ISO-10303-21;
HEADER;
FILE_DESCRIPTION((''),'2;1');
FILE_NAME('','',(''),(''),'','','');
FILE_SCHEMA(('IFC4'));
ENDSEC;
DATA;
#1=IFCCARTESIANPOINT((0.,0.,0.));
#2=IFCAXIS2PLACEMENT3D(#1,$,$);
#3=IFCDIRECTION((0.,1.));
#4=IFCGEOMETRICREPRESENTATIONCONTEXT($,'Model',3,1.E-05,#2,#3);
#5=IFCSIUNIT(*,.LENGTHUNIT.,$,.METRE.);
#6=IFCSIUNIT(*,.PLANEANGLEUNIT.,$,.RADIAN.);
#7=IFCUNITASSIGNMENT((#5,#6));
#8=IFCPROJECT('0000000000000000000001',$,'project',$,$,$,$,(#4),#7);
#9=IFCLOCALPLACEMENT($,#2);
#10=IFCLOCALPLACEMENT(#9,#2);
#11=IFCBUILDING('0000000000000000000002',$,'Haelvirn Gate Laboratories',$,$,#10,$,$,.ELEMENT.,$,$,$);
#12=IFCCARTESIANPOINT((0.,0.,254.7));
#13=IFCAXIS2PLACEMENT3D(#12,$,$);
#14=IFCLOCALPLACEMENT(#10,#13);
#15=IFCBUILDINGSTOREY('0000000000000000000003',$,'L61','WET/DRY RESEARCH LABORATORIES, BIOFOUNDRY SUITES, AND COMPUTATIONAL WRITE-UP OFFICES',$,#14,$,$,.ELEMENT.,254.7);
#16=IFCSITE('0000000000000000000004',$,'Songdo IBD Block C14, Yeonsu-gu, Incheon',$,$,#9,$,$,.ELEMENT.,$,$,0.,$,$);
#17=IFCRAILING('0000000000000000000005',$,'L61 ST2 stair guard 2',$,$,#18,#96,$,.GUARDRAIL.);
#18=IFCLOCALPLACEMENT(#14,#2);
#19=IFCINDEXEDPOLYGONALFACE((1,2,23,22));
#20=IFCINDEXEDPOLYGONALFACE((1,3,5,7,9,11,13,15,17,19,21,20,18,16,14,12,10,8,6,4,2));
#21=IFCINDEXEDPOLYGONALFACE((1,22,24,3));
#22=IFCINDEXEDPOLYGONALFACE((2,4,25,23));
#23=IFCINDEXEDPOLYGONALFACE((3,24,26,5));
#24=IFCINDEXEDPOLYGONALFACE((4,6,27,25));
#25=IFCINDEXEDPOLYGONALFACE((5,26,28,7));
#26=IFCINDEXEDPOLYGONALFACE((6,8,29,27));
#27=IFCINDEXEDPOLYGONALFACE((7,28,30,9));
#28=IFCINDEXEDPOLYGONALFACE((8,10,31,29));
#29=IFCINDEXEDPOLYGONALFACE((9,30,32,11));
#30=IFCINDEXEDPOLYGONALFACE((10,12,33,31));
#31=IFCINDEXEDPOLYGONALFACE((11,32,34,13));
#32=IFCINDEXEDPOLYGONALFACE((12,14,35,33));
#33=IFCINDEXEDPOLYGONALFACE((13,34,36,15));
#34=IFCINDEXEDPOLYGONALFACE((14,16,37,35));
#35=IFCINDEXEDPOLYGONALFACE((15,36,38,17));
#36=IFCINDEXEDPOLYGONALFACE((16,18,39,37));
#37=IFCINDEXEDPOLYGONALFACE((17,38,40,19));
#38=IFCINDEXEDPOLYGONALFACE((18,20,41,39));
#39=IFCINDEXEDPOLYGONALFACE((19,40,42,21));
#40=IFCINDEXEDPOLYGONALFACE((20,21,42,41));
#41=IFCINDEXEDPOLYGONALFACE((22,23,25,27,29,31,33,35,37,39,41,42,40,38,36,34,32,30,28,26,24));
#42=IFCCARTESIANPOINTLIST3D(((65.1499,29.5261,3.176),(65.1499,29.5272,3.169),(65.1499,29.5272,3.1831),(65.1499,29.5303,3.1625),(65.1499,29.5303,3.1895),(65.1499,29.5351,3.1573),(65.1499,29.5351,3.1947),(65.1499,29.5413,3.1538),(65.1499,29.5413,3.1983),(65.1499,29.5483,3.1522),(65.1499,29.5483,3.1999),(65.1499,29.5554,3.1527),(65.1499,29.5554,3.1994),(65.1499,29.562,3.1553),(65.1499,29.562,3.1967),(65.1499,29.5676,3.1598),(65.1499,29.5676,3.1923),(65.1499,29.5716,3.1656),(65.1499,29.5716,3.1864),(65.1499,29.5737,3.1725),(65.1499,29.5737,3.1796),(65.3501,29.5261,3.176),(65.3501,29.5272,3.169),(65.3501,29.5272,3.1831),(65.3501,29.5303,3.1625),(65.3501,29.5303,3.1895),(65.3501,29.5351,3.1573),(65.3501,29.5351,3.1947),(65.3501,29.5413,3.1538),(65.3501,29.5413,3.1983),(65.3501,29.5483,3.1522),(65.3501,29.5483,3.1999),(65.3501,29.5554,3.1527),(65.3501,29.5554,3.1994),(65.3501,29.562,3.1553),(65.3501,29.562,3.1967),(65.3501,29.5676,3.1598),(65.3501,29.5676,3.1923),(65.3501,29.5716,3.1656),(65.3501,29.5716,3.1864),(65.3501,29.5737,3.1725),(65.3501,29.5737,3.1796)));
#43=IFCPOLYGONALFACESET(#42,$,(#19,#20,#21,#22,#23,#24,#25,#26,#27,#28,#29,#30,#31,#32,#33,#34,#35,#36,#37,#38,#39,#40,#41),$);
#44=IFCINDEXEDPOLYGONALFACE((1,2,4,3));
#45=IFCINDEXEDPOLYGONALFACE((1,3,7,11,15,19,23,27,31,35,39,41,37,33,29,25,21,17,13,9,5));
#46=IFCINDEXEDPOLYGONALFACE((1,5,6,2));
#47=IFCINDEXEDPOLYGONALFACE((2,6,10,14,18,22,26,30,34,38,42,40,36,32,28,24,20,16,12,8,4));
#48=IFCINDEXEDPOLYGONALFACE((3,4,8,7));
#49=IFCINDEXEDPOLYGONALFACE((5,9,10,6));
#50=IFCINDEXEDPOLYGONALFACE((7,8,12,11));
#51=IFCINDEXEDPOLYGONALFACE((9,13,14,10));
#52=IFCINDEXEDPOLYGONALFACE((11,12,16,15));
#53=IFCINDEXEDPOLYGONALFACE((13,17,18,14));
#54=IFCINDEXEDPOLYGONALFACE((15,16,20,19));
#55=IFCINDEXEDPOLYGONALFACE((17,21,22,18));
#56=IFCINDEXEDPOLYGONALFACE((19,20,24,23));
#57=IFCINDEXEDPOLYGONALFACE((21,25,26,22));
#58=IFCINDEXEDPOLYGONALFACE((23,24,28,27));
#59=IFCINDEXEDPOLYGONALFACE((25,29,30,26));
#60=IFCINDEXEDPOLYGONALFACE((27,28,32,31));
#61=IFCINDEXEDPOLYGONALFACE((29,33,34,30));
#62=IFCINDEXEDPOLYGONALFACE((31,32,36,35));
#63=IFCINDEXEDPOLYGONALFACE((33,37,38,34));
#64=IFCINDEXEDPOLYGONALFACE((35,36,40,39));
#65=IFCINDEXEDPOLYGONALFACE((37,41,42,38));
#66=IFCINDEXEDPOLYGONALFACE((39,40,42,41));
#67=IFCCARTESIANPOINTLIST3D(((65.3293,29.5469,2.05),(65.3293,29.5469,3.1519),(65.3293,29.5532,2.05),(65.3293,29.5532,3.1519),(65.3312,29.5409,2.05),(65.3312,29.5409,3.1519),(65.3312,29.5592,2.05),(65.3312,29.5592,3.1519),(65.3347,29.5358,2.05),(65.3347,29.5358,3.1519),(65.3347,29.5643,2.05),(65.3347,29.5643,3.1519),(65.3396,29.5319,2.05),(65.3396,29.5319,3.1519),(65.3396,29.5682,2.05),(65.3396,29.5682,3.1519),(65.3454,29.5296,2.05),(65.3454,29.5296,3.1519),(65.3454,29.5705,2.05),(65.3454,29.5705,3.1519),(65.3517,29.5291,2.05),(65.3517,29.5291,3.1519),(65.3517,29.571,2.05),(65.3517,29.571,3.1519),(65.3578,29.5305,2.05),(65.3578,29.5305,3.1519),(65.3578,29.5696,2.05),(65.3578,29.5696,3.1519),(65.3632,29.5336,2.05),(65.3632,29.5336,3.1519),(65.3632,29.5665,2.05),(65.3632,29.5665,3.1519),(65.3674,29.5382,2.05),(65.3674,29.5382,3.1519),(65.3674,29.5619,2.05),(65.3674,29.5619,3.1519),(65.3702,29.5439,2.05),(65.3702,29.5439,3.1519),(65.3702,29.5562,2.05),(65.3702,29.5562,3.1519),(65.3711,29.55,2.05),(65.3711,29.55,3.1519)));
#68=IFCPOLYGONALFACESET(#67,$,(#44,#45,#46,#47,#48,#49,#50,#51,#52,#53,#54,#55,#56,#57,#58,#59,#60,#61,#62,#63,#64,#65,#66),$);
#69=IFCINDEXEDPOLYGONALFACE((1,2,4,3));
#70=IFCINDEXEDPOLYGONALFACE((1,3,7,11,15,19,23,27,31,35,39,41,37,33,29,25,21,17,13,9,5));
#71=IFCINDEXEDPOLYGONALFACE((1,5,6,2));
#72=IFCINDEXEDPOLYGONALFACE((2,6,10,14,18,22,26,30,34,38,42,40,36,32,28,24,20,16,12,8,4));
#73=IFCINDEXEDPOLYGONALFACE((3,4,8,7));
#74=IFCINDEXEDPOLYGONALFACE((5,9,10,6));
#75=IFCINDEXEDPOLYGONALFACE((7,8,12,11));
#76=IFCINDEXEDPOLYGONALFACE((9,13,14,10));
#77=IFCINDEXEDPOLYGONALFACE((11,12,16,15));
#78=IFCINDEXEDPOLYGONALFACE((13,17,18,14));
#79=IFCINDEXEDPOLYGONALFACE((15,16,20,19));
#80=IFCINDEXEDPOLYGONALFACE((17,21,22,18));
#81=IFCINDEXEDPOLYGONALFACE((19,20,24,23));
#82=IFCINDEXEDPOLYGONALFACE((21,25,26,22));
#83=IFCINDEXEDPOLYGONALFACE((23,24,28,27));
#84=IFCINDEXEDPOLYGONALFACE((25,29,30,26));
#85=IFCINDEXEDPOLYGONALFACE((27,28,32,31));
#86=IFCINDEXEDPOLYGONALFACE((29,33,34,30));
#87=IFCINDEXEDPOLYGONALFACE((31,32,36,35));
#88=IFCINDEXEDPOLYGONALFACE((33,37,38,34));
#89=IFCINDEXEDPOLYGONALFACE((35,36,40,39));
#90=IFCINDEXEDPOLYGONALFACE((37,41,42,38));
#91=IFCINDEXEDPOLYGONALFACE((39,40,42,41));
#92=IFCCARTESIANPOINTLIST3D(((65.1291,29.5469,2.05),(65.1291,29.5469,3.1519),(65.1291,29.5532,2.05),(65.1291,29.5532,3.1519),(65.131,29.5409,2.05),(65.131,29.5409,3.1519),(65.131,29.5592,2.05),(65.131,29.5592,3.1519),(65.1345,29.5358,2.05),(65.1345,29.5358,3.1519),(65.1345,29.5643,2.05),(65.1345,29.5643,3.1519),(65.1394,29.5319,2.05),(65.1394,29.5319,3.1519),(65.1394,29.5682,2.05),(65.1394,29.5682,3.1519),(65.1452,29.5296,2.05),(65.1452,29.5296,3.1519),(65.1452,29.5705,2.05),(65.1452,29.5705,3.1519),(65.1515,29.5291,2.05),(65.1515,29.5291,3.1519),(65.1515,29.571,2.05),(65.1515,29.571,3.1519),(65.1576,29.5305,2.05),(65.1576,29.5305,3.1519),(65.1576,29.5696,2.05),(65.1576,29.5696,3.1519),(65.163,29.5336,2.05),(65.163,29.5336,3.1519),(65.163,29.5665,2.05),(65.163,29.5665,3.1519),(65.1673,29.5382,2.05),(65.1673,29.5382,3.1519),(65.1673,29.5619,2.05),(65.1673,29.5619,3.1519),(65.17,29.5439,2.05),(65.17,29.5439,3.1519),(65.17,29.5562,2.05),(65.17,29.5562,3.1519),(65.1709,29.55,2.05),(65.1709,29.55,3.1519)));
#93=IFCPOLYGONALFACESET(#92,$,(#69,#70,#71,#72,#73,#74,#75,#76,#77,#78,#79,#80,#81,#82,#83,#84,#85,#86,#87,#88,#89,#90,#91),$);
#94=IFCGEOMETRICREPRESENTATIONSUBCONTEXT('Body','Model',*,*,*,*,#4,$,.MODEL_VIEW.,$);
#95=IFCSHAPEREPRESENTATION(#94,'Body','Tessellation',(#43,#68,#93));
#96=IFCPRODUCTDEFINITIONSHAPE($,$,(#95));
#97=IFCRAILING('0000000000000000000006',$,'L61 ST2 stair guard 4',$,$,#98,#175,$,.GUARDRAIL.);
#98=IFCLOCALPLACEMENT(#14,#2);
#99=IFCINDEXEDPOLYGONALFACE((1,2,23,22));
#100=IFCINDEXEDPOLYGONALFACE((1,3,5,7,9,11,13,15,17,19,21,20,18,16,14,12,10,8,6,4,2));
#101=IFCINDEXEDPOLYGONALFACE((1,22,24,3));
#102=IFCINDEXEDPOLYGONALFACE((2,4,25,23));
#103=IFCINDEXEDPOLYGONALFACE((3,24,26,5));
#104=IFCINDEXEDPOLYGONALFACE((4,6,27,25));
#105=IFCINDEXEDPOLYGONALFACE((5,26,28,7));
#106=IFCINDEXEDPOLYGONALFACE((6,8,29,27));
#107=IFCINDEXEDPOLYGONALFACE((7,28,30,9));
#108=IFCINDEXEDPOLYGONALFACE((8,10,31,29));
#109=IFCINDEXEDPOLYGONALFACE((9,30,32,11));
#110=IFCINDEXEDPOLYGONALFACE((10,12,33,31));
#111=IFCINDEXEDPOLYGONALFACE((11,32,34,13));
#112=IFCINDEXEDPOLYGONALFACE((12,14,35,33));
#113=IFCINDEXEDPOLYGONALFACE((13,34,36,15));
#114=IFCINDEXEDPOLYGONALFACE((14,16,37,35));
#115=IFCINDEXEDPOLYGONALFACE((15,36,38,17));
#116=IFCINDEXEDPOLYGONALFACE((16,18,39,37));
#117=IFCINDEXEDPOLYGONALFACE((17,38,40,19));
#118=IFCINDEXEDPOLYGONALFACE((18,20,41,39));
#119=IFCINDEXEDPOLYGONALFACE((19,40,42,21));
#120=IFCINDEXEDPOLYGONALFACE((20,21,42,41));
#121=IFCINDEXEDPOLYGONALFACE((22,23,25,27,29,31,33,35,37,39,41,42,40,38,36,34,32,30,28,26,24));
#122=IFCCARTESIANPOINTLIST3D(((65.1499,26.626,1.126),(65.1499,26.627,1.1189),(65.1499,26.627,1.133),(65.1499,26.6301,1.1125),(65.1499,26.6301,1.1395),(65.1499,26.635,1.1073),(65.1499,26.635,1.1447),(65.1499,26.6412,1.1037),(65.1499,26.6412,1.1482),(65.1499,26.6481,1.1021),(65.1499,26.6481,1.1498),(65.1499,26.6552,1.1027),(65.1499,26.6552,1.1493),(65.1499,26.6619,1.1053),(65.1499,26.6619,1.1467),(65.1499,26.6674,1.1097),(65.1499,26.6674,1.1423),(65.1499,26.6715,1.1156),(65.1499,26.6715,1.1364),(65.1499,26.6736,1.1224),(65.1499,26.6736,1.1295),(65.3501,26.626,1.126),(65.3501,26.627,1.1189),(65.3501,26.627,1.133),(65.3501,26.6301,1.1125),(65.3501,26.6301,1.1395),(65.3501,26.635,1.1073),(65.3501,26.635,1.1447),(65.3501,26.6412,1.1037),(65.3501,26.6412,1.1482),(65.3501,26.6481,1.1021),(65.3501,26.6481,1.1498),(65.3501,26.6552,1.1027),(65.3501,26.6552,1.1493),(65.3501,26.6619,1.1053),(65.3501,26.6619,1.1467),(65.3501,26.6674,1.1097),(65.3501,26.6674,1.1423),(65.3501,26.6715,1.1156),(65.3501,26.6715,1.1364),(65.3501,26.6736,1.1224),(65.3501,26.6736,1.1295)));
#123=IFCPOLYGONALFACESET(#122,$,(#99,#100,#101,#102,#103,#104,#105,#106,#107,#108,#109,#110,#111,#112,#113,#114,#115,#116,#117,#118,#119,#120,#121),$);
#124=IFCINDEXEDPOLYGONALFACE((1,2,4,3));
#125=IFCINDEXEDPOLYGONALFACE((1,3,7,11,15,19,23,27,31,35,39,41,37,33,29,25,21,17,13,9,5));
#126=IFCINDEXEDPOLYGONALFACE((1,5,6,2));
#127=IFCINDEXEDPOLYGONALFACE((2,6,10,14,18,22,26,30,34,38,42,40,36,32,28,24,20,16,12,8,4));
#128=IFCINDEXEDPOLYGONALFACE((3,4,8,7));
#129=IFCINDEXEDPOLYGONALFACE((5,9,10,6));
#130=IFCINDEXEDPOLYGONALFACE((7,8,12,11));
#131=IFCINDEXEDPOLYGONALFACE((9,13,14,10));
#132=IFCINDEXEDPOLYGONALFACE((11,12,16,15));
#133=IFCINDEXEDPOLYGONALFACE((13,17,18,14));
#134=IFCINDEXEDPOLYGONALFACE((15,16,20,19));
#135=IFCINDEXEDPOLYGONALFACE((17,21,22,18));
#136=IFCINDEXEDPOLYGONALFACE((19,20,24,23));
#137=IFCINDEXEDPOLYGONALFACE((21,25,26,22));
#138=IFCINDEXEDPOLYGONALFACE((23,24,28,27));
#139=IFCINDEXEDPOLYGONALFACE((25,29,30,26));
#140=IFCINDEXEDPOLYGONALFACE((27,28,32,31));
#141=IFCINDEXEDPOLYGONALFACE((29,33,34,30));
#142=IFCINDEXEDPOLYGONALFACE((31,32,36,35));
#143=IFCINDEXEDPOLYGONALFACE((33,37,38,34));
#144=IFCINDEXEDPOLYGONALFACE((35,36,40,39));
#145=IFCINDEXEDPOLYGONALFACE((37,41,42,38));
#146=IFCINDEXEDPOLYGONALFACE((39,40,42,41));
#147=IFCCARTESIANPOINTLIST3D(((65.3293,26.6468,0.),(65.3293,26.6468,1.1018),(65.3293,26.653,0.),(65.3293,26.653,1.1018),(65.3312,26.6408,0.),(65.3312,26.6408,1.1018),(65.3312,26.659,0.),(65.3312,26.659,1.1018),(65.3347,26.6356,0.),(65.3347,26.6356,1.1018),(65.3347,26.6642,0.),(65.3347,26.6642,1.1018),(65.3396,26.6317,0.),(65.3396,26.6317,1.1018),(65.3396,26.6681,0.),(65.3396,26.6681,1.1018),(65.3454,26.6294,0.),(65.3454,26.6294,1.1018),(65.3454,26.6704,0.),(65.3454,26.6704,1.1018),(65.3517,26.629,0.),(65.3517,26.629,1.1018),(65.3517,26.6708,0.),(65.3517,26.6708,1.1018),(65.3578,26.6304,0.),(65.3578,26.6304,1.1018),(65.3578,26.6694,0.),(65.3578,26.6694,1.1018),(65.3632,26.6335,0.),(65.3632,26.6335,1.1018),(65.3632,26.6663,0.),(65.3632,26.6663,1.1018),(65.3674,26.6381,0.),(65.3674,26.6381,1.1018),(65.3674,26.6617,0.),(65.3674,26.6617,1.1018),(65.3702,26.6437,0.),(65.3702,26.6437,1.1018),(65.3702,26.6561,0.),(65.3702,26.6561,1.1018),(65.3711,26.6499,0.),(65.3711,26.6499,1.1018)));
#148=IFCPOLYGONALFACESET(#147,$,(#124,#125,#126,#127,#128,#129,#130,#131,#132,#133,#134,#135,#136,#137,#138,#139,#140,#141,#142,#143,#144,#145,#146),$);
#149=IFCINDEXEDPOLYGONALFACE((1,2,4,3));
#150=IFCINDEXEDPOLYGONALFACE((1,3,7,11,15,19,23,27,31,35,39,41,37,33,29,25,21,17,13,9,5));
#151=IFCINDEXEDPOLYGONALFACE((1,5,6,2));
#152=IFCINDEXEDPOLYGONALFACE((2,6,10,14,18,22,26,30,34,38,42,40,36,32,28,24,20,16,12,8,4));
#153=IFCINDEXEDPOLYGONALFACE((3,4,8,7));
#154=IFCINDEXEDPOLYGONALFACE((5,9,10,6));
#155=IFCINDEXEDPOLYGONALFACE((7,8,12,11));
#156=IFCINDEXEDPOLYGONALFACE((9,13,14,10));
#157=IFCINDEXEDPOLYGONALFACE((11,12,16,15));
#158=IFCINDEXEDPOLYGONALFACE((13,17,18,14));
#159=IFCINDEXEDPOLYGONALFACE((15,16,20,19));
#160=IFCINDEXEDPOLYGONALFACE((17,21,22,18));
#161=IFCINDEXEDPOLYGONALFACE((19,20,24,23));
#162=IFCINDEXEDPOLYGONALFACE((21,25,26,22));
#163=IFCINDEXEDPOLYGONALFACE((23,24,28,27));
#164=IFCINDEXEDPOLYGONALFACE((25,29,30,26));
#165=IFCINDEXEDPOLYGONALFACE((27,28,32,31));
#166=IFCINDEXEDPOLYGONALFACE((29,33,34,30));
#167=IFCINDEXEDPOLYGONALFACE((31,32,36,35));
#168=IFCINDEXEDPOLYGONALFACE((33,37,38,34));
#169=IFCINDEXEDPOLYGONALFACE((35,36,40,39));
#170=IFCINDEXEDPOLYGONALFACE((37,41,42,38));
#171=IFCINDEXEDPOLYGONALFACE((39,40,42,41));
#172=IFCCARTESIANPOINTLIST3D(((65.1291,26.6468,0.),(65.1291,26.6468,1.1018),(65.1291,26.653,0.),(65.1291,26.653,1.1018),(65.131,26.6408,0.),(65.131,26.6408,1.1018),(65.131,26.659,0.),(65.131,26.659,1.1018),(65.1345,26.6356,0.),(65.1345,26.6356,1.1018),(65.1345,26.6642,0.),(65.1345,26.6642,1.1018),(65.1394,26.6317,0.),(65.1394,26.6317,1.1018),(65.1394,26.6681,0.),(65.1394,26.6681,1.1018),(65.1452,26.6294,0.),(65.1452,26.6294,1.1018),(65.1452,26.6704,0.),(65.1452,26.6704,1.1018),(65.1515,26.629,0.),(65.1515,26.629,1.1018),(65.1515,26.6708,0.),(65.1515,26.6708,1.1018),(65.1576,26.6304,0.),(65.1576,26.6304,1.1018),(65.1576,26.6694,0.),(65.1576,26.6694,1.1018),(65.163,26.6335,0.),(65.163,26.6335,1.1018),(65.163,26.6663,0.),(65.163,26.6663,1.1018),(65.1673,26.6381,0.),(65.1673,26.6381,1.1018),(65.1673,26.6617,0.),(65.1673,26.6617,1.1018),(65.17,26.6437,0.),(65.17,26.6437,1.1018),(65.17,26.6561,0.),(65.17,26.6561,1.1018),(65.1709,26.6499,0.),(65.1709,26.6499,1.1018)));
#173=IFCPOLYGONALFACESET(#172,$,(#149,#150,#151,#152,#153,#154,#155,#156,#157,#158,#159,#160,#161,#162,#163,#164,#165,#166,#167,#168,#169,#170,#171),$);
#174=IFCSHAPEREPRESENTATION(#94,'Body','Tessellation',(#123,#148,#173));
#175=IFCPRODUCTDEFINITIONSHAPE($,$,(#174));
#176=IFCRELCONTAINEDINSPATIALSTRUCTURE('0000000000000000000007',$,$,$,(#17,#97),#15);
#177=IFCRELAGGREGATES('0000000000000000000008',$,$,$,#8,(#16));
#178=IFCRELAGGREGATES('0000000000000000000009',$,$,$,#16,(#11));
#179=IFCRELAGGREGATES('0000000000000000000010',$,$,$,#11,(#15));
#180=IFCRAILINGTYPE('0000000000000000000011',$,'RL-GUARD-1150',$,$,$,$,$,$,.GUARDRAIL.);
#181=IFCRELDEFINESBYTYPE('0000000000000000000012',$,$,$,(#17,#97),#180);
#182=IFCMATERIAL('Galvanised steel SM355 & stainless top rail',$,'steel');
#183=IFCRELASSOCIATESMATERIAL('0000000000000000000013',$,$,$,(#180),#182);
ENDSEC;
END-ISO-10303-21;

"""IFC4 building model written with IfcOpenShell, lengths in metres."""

from ifc_helpers import new_model, si_unit, direction, frame, origin, origin_2d, place, context, subcontext, project, spatial, circle, extrude, source, transform, mapped, material, type_object, element, save


model = new_model("IFC4")

# Units and contexts
model_context = context("Model", 3, precision=1e-05, world=origin(), true_north=direction((0.0, 1.0)))
body_context = subcontext(model_context, "Body", "Model", "MODEL_VIEW")
ifc_project = project(units=[si_unit("LENGTHUNIT", "METRE"), si_unit("PLANEANGLEUNIT", "RADIAN")], contexts=[model_context])

# Site, building, storey
site_placement = place(None, origin())
site = spatial("IfcSite", under=ifc_project, at=site_placement, Name="Songdo IBD Block C14, Yeonsu-gu, Incheon", CompositionType="ELEMENT", RefElevation=0.0)
building_placement = place(site_placement, origin())
building = spatial("IfcBuilding", under=site, at=building_placement, Name="Haelvirn Gate Laboratories", CompositionType="ELEMENT")
storey_placement = place(building_placement, frame((0.0, 0.0, 254.7)))
storey = spatial("IfcBuildingStorey", under=building, at=storey_placement, Name="L61", Description="WET/DRY RESEARCH LABORATORIES, BIOFOUNDRY SUITES, AND COMPUTATIONAL WRITE-UP OFFICES", CompositionType="ELEMENT", Elevation=254.7)

# Railings
ifc_material_1 = material(Name="Galvanised steel SM355 & stainless top rail", Category="steel")
railing_type_1 = type_object("IfcRailingType", Name="RL-GUARD-1150", PredefinedType="GUARDRAIL", material=ifc_material_1)
shared_shape_1 = source(origin(), body_context, "Body", "SweptSolid", [
    extrude(circle(Radius=0.0239, at=origin_2d()), frame((0.0, 0.0, 1.126), z_axis=(-1.0, 0.0, 0.0), x_axis=(0.0, -1.0, 0.0)), (0.0, 0.0, 1.0), 0.2002),
    extrude(circle(Radius=0.021, at=origin_2d()), origin(), (0.0, 0.0, 1.0), 1.1018),
    extrude(circle(Radius=0.021, at=origin_2d()), frame((-0.2002, 0.0, 0.0)), (0.0, 0.0, 1.0), 1.1018),
])
for number, where, name in (
    (1, (65.3501, 29.55, 2.05), "L61 ST2 stair guard 2"),
    (2, (65.3501, 26.6499, 0.0), "L61 ST2 stair guard 4"),
):
    element("IfcRailing", number, at=place(storey_placement, frame(where)), inside=storey, type_object=railing_type_1, Name=name, PredefinedType="GUARDRAIL", context=body_context, shape_type="MappedRepresentation", body=[
        mapped(shared_shape_1, transform((0.0, 0.0, 0.0), scale=1.0)),
    ])

save(model, "model.ifc")
